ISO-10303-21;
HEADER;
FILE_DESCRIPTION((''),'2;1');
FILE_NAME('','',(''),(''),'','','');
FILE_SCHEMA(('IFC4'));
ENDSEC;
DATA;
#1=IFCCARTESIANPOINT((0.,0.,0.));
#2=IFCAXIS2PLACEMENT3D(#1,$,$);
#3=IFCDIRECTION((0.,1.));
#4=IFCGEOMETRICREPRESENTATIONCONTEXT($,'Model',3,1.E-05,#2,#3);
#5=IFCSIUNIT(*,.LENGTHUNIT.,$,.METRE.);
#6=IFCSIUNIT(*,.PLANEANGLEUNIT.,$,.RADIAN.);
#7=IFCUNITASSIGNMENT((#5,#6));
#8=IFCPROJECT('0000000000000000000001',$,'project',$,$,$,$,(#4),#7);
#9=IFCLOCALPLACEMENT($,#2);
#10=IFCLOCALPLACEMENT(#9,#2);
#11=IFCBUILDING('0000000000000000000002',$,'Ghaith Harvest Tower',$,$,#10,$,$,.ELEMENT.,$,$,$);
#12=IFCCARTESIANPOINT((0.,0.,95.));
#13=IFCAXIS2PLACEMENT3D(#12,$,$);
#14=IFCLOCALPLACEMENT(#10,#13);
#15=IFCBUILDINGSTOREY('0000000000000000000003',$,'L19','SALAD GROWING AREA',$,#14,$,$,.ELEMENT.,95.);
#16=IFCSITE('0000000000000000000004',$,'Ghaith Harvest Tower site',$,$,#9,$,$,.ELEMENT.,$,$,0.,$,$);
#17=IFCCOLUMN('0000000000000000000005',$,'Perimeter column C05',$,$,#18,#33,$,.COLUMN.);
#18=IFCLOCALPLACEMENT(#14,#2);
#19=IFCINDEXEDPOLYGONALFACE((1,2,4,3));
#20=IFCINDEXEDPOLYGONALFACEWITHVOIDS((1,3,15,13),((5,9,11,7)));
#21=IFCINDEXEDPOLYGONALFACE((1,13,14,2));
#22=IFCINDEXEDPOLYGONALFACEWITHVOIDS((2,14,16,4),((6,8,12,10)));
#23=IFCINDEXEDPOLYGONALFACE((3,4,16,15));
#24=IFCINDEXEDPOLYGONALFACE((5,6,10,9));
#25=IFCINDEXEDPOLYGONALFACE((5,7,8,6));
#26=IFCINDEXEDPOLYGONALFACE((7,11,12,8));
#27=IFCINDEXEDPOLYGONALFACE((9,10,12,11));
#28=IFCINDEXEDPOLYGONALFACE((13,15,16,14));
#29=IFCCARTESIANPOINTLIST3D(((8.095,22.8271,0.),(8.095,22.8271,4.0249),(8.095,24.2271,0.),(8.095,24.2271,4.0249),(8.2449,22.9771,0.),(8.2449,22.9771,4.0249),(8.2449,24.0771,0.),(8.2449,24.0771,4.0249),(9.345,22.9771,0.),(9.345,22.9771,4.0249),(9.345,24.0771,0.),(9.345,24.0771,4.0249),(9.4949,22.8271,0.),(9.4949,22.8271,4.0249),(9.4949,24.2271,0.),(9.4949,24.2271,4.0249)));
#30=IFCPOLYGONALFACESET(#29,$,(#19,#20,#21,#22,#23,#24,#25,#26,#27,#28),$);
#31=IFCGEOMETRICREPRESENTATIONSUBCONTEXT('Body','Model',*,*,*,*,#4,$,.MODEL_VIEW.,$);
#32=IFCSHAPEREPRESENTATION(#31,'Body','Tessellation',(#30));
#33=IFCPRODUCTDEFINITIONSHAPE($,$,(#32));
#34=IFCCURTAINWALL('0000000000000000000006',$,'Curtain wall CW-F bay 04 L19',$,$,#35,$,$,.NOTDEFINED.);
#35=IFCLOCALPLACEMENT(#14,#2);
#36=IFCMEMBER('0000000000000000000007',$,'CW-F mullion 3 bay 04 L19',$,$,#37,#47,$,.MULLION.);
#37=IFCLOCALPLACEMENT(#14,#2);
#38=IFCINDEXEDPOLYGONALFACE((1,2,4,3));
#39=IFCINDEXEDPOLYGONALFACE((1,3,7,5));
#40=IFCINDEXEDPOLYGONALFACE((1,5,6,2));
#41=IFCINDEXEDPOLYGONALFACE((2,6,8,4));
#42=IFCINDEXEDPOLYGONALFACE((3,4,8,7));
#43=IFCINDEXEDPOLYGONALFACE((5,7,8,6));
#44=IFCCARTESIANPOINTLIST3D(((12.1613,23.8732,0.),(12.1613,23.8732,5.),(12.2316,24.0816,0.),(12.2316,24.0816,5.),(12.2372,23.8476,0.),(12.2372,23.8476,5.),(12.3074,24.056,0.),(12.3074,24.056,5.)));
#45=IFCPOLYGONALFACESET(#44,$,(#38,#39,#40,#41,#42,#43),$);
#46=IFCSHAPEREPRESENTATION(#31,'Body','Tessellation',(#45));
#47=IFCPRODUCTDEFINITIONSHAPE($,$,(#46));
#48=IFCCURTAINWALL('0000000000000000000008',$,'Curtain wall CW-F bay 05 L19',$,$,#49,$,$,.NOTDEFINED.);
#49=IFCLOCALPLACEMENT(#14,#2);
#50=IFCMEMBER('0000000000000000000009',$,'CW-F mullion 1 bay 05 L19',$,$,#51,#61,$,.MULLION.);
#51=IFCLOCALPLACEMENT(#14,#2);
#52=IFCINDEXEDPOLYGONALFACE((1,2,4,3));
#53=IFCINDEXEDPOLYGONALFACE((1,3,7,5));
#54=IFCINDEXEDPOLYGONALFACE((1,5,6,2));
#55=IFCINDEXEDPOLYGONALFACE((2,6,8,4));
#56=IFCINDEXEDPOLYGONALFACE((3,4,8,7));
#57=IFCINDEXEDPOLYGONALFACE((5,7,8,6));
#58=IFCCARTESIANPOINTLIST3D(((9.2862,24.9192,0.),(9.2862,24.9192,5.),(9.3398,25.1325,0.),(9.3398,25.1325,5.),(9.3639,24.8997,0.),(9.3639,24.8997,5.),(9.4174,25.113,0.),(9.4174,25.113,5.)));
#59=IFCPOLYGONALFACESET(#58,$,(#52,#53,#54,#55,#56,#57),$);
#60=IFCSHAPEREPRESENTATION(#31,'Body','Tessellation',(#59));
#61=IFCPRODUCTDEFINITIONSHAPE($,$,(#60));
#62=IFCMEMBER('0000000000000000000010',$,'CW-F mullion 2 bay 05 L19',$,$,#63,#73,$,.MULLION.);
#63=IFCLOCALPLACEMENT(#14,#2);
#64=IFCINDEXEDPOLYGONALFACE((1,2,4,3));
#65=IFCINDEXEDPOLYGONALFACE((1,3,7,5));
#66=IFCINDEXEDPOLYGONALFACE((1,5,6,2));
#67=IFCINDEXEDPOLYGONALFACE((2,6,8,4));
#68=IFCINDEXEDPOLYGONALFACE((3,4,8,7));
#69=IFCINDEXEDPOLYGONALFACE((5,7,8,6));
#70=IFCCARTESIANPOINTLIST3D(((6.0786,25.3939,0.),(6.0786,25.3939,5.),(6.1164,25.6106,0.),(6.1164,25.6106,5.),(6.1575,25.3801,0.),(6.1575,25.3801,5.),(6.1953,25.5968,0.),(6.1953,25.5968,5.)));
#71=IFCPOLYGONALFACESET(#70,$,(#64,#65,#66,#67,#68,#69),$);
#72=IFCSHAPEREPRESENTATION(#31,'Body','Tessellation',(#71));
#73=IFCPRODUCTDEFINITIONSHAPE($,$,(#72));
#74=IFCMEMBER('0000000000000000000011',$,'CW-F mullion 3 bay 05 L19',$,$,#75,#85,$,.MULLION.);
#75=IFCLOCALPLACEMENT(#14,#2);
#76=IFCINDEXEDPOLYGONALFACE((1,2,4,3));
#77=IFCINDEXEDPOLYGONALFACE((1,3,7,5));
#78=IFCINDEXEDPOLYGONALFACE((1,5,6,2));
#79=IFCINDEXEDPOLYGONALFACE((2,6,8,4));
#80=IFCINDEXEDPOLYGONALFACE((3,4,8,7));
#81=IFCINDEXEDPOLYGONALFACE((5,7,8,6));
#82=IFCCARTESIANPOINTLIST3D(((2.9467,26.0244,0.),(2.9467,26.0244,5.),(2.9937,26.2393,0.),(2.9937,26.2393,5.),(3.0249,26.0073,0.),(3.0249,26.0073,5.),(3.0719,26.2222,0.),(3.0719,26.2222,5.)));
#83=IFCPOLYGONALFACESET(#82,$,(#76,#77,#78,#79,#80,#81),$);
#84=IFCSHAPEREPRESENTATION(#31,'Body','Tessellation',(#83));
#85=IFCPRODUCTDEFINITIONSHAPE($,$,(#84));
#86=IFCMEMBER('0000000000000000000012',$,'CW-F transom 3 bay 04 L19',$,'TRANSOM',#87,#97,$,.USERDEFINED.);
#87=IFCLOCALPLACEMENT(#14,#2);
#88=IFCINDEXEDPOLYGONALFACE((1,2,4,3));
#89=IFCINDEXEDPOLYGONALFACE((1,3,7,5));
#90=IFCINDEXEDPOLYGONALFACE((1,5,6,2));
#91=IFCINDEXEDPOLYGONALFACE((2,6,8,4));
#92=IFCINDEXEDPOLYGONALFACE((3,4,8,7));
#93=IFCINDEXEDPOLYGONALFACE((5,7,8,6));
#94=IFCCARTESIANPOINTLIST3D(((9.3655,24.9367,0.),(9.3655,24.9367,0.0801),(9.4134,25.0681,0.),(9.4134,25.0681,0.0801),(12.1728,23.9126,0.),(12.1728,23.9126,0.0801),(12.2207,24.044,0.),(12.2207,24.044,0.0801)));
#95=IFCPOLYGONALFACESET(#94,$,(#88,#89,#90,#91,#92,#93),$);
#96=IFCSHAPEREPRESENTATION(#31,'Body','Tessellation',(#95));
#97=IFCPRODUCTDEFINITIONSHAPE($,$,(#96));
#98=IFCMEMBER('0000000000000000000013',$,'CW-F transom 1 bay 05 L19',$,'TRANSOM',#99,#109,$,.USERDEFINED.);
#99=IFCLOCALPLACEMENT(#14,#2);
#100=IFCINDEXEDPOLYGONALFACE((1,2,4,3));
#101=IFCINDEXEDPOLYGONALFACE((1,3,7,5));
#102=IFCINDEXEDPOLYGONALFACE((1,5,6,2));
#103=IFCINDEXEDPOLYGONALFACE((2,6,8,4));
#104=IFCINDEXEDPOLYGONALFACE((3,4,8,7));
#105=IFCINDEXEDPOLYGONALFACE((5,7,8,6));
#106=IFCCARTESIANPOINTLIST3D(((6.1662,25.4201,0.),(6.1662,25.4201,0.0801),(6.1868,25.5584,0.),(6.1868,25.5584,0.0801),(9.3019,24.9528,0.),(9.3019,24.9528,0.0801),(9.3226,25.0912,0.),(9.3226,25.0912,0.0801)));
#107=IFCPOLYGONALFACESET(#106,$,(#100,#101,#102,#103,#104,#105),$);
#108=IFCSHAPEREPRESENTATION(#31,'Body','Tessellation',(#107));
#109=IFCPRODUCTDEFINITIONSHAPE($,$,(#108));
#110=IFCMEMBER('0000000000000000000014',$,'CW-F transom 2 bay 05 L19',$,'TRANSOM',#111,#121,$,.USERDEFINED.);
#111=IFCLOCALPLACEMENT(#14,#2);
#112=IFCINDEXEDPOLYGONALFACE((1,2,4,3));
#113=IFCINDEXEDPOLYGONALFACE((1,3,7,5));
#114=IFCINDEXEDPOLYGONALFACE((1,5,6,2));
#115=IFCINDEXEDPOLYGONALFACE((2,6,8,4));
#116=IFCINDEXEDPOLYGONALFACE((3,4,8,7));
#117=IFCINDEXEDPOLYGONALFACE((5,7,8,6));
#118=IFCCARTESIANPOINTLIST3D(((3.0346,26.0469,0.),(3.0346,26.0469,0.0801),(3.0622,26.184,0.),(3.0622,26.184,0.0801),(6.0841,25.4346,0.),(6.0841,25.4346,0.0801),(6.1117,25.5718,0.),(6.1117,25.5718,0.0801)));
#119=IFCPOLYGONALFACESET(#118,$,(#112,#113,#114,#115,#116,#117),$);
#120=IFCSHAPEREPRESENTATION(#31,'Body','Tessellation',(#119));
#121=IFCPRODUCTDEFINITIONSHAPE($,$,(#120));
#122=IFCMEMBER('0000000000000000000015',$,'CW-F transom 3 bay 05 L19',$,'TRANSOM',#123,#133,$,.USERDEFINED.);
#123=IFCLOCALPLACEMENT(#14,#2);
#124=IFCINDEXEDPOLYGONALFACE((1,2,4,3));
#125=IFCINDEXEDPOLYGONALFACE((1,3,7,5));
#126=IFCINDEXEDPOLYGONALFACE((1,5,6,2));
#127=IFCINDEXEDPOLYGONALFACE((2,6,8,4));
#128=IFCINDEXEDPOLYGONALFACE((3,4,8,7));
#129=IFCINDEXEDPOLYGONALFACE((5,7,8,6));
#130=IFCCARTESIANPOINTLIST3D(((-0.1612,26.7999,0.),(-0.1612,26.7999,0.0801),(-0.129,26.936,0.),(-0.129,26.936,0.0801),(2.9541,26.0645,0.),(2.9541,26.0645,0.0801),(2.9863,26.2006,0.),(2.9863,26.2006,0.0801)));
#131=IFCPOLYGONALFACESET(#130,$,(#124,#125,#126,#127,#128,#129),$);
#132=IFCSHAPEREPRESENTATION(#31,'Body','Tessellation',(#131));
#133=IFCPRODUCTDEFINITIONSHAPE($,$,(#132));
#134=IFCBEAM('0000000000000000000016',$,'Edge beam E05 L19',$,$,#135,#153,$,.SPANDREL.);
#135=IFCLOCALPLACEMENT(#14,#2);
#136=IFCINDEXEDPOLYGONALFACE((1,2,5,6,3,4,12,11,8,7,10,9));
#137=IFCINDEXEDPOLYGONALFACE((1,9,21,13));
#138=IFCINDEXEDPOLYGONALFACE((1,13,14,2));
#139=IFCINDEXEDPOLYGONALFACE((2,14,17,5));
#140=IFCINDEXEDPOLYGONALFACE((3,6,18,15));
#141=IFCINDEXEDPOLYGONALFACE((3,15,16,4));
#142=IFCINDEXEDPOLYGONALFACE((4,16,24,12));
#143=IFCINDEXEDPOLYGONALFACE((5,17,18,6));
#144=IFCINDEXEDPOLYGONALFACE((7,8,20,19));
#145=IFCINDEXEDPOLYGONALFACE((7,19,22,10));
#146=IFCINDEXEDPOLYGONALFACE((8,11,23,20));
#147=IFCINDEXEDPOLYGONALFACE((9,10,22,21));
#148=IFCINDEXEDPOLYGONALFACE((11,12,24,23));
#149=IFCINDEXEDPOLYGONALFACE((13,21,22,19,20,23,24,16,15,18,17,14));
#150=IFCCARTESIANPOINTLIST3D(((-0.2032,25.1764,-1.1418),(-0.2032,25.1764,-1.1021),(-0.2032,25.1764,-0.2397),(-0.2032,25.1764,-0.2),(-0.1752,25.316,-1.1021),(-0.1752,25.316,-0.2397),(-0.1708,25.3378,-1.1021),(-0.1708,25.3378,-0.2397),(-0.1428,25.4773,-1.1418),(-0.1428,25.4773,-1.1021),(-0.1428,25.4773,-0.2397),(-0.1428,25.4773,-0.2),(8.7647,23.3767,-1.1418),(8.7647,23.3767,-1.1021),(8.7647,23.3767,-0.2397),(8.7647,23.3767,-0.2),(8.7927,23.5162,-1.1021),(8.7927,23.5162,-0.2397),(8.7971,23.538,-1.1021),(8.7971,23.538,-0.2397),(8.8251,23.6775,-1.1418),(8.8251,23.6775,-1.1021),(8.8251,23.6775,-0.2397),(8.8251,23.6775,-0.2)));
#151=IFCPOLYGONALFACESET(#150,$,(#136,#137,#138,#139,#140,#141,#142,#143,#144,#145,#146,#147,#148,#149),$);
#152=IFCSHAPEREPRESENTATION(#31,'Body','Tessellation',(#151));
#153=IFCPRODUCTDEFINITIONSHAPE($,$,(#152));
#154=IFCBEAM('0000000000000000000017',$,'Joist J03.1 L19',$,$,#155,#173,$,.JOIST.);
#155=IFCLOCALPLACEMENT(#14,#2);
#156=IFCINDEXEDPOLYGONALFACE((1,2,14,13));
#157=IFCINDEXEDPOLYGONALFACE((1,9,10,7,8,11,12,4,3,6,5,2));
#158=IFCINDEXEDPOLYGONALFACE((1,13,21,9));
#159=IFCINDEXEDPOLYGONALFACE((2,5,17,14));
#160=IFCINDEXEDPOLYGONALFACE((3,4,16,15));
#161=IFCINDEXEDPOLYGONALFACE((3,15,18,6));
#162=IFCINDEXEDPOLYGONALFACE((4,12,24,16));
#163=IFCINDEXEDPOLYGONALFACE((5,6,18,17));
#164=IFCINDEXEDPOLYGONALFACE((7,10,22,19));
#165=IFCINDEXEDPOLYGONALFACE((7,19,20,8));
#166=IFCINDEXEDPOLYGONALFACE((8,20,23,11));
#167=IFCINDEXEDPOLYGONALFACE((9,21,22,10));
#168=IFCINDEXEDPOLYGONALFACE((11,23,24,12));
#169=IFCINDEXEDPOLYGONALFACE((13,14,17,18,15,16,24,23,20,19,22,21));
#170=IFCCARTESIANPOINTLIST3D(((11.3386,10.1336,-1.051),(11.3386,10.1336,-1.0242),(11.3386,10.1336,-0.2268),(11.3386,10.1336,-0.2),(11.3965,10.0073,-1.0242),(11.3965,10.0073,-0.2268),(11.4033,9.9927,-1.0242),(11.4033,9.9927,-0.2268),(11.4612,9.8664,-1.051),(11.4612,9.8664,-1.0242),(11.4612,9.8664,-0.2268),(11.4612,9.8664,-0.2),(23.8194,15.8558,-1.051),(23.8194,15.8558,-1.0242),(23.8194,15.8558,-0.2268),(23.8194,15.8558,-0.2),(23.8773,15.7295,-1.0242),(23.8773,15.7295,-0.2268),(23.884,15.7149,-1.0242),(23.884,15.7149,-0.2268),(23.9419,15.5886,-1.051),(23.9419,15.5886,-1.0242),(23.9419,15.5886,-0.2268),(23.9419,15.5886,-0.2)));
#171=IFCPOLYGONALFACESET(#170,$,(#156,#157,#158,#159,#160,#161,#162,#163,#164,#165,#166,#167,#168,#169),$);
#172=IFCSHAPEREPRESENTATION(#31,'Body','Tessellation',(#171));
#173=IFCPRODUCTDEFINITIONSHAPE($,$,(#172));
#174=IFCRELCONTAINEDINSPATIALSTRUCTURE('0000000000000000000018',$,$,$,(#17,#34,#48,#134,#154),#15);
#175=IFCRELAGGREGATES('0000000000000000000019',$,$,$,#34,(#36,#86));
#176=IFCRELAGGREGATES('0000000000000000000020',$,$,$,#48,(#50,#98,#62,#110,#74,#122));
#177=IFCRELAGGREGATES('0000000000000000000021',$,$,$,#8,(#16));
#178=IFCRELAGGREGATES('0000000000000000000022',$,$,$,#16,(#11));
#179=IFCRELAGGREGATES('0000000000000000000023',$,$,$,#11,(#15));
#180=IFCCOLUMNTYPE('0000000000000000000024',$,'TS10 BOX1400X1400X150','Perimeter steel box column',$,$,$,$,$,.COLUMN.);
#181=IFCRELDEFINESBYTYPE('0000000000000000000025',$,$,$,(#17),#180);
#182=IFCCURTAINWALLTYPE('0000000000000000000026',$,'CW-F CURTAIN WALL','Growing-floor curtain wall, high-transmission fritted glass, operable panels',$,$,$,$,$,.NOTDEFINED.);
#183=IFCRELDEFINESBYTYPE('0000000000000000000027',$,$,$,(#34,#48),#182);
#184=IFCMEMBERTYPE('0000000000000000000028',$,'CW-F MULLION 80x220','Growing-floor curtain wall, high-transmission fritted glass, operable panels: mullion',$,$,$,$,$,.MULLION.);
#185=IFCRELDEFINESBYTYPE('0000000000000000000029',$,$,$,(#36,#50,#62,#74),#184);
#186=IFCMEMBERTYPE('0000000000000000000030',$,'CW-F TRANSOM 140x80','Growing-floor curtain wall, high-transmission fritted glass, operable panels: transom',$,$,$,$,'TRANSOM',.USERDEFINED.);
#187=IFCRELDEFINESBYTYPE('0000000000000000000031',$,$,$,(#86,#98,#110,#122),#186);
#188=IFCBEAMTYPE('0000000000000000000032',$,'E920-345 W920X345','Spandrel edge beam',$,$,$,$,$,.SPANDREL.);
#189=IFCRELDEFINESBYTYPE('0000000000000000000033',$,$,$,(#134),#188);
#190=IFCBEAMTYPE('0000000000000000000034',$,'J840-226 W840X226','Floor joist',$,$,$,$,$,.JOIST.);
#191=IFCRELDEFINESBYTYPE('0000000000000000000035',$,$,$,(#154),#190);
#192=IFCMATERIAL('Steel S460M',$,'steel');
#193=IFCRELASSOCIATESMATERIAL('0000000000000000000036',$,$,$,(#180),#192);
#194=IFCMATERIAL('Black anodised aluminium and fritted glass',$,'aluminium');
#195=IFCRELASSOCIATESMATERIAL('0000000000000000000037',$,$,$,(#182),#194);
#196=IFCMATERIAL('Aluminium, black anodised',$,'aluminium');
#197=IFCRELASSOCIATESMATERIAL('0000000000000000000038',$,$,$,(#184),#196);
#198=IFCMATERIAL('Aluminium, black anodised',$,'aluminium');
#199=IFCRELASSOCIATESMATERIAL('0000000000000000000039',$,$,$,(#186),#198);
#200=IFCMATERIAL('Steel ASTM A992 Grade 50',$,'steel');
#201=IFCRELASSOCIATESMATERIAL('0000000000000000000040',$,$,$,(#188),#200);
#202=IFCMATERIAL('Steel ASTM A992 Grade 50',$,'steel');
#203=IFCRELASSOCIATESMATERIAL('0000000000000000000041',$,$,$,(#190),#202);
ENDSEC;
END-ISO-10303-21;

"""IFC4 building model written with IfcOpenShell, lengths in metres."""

from ifc_helpers import new_model, si_unit, direction, frame, origin, origin_2d, place, context, subcontext, project, spatial, rectangle, hollow_rectangle, i_section, extrude, material, material_profile, profile_set, type_object, element, aggregate, save


model = new_model("IFC4")

# Units and contexts
model_context = context("Model", 3, precision=1e-05, world=origin(), true_north=direction((0.0, 1.0)))
body_context = subcontext(model_context, "Body", "Model", "MODEL_VIEW")
ifc_project = project(units=[si_unit("LENGTHUNIT", "METRE"), si_unit("PLANEANGLEUNIT", "RADIAN")], contexts=[model_context])

# Site, building, storey
site_placement = place(None, origin())
site = spatial("IfcSite", under=ifc_project, at=site_placement, Name="Ghaith Harvest Tower site", CompositionType="ELEMENT", RefElevation=0.0)
building_placement = place(site_placement, origin())
building = spatial("IfcBuilding", under=site, at=building_placement, Name="Ghaith Harvest Tower", CompositionType="ELEMENT")
storey_placement = place(building_placement, frame((0.0, 0.0, 95.0)))
storey = spatial("IfcBuildingStorey", under=building, at=storey_placement, Name="L19", Description="SALAD GROWING AREA", CompositionType="ELEMENT", Elevation=95.0)

# Column
ifc_material_1 = material(Name="Steel S460M", Category="steel")
ifc_material_profile_1 = material_profile(ifc_material_1, hollow_rectangle(XDim=1.3999, YDim=1.3999, WallThickness=0.1499, at=origin_2d()), Name="BOX1400X1400X150")
ifc_profile_set_1 = profile_set([ifc_material_profile_1], Name="Steel S460M")
column_type = type_object("IfcColumnType", Name="TS10 BOX1400X1400X150", Description="Perimeter steel box column", PredefinedType="COLUMN", material=ifc_profile_set_1)
column_placement = place(storey_placement, frame((8.7949, 23.5271, 0.0), z_axis=(0.0, 0.0, 1.0), x_axis=(1.0, 0.0, 0.0)))
element("IfcColumn", 1, at=column_placement, inside=storey, type_object=column_type, Name="Perimeter column C05", PredefinedType="COLUMN", context=body_context, shape_type="SweptSolid", body=[
    extrude(hollow_rectangle(XDim=1.3999, YDim=1.3999, WallThickness=0.1499, at=origin_2d()), origin(), (0.0, 0.0, 1.0), 4.0249),
])

# Curtain wall, member
ifc_material_2 = material(Name="Black anodised aluminium and fritted glass", Category="aluminium")
curtain_wall_type = type_object("IfcCurtainWallType", Name="CW-F CURTAIN WALL", Description="Growing-floor curtain wall, high-transmission fritted glass, operable panels", PredefinedType="NOTDEFINED", material=ifc_material_2)
curtain_wall_1_placement = place(storey_placement, origin())
curtain_wall_1 = element("IfcCurtainWall", 2, at=curtain_wall_1_placement, inside=storey, type_object=curtain_wall_type, Name="Curtain wall CW-F bay 04 L19", PredefinedType="NOTDEFINED")
ifc_material_3 = material(Name="Aluminium, black anodised", Category="aluminium")
ifc_material_profile_2 = material_profile(ifc_material_3, rectangle(XDim=0.0801, YDim=0.22, at=origin_2d()), Name="CW-F MULLION 80x220")
ifc_profile_set_2 = profile_set([ifc_material_profile_2], Name="Aluminium, black anodised")
member_type_1 = type_object("IfcMemberType", Name="CW-F MULLION 80x220", Description="Growing-floor curtain wall, high-transmission fritted glass, operable panels: mullion", PredefinedType="MULLION", material=ifc_profile_set_2)
member_1_placement = place(storey_placement, frame((12.2344, 23.9646, 0.0), z_axis=(0.0, 0.0, 1.0), x_axis=(-0.947653, 0.319301, 0.0)))
member_1 = element("IfcMember", 3, at=member_1_placement, type_object=member_type_1, Name="CW-F mullion 3 bay 04 L19", PredefinedType="MULLION", context=body_context, shape_type="SweptSolid", body=[
    extrude(rectangle(XDim=0.0801, YDim=0.22, at=origin_2d()), origin(), (0.0, 0.0, 1.0), 5.0),
])

# Curtain wall, members
curtain_wall_2_placement = place(storey_placement, origin())
curtain_wall_2 = element("IfcCurtainWall", 4, at=curtain_wall_2_placement, inside=storey, type_object=curtain_wall_type, Name="Curtain wall CW-F bay 05 L19", PredefinedType="NOTDEFINED")
member_2_placement = place(storey_placement, frame((9.3518, 25.0161, 0.0), z_axis=(0.0, 0.0, 1.0), x_axis=(-0.969903, 0.24349, 0.0)))
member_2 = element("IfcMember", 5, at=member_2_placement, type_object=member_type_1, Name="CW-F mullion 1 bay 05 L19", PredefinedType="MULLION", context=body_context, shape_type="SweptSolid", body=[
    extrude(rectangle(XDim=0.0801, YDim=0.22, at=origin_2d()), origin(), (0.0, 0.0, 1.0), 5.0),
])
member_3_placement = place(storey_placement, frame((6.137, 25.4954, 0.0), z_axis=(0.0, 0.0, 1.0), x_axis=(-0.985104, 0.171961, 0.0)))
member_3 = element("IfcMember", 6, at=member_3_placement, type_object=member_type_1, Name="CW-F mullion 2 bay 05 L19", PredefinedType="MULLION", context=body_context, shape_type="SweptSolid", body=[
    extrude(rectangle(XDim=0.0801, YDim=0.22, at=origin_2d()), origin(), (0.0, 0.0, 1.0), 5.0),
])
member_4_placement = place(storey_placement, frame((3.0093, 26.1233, 0.0), z_axis=(0.0, 0.0, 1.0), x_axis=(-0.976927, 0.213572, 0.0)))
member_4 = element("IfcMember", 7, at=member_4_placement, type_object=member_type_1, Name="CW-F mullion 3 bay 05 L19", PredefinedType="MULLION", context=body_context, shape_type="SweptSolid", body=[
    extrude(rectangle(XDim=0.0801, YDim=0.22, at=origin_2d()), origin(), (0.0, 0.0, 1.0), 5.0),
])

# Members
ifc_material_4 = material(Name="Aluminium, black anodised", Category="aluminium")
ifc_material_profile_3 = material_profile(ifc_material_4, rectangle(XDim=0.1399, YDim=0.0801, at=origin_2d()), Name="CW-F TRANSOM 140x80")
ifc_profile_set_3 = profile_set([ifc_material_profile_3], Name="Aluminium, black anodised")
member_type_2 = type_object("IfcMemberType", Name="CW-F TRANSOM 140x80", Description="Growing-floor curtain wall, high-transmission fritted glass, operable panels: transom", ElementType="TRANSOM", PredefinedType="USERDEFINED", material=ifc_profile_set_3)
member_5_placement = place(storey_placement, frame((12.1968, 23.9783, 0.04), z_axis=(-0.939438, 0.34272, 0.0), x_axis=(-0.34272, -0.939438, 0.0)))
member_5 = element("IfcMember", 8, at=member_5_placement, type_object=member_type_2, Name="CW-F transom 3 bay 04 L19", ObjectType="TRANSOM", PredefinedType="USERDEFINED", context=body_context, shape_type="SweptSolid", body=[
    extrude(rectangle(XDim=0.1399, YDim=0.0801, at=origin_2d()), origin(), (0.0, 0.0, 1.0), 2.9883),
])
member_6_placement = place(storey_placement, frame((9.3123, 25.022, 0.04), z_axis=(-0.989078, 0.147391, 0.0), x_axis=(-0.147391, -0.989078, 0.0)))
member_6 = element("IfcMember", 9, at=member_6_placement, type_object=member_type_2, Name="CW-F transom 1 bay 05 L19", ObjectType="TRANSOM", PredefinedType="USERDEFINED", context=body_context, shape_type="SweptSolid", body=[
    extrude(rectangle(XDim=0.1399, YDim=0.0801, at=origin_2d()), origin(), (0.0, 0.0, 1.0), 3.1704),
])
member_7_placement = place(storey_placement, frame((6.0979, 25.5032, 0.04), z_axis=(-0.980432, 0.196856, 0.0), x_axis=(-0.196856, -0.980432, 0.0)))
member_7 = element("IfcMember", 10, at=member_7_placement, type_object=member_type_2, Name="CW-F transom 2 bay 05 L19", ObjectType="TRANSOM", PredefinedType="USERDEFINED", context=body_context, shape_type="SweptSolid", body=[
    extrude(rectangle(XDim=0.1399, YDim=0.0801, at=origin_2d()), origin(), (0.0, 0.0, 1.0), 3.1104),
])
member_8_placement = place(storey_placement, frame((2.9702, 26.1326, 0.04), z_axis=(-0.973253, 0.229736, 0.0), x_axis=(-0.229736, -0.973253, 0.0)))
member_8 = element("IfcMember", 11, at=member_8_placement, type_object=member_type_2, Name="CW-F transom 3 bay 05 L19", ObjectType="TRANSOM", PredefinedType="USERDEFINED", context=body_context, shape_type="SweptSolid", body=[
    extrude(rectangle(XDim=0.1399, YDim=0.0801, at=origin_2d()), origin(), (0.0, 0.0, 1.0), 3.2009),
])

# Beams
ifc_material_5 = material(Name="Steel ASTM A992 Grade 50", Category="steel")
ifc_material_profile_4 = material_profile(ifc_material_5, i_section(OverallWidth=0.3069, OverallDepth=0.9419, WebThickness=0.0222, FlangeThickness=0.0398, at=origin_2d()), Name="W920X345")
ifc_profile_set_4 = profile_set([ifc_material_profile_4], Name="Steel ASTM A992 Grade 50")
beam_type_1 = type_object("IfcBeamType", Name="E920-345 W920X345", Description="Spandrel edge beam", PredefinedType="SPANDREL", material=ifc_profile_set_4)
beam_1_placement = place(storey_placement, frame((8.7949, 23.5271, -0.6709), z_axis=(-0.98045, 0.196768, 0.0), x_axis=(-0.196768, -0.98045, 0.0)))
element("IfcBeam", 12, at=beam_1_placement, inside=storey, type_object=beam_type_1, Name="Edge beam E05 L19", PredefinedType="SPANDREL", context=body_context, shape_type="SweptSolid", body=[
    extrude(i_section(OverallWidth=0.3069, OverallDepth=0.9419, WebThickness=0.0222, FlangeThickness=0.0398, at=origin_2d()), origin(), (0.0, 0.0, 1.0), 9.1467),
])
ifc_material_6 = material(Name="Steel ASTM A992 Grade 50", Category="steel")
ifc_material_profile_5 = material_profile(ifc_material_6, i_section(OverallWidth=0.2939, OverallDepth=0.8511, WebThickness=0.0161, FlangeThickness=0.0269, at=origin_2d()), Name="W840X226")
ifc_profile_set_5 = profile_set([ifc_material_profile_5], Name="Steel ASTM A992 Grade 50")
beam_type_2 = type_object("IfcBeamType", Name="J840-226 W840X226", Description="Floor joist", PredefinedType="JOIST", material=ifc_profile_set_5)
beam_2_placement = place(storey_placement, frame((11.3999, 10.0, -0.6255), z_axis=(0.909014, 0.416766, 0.0), x_axis=(-0.416766, 0.909014, 0.0)))
element("IfcBeam", 13, at=beam_2_placement, inside=storey, type_object=beam_type_2, Name="Joist J03.1 L19", PredefinedType="JOIST", context=body_context, shape_type="SweptSolid", body=[
    extrude(i_section(OverallWidth=0.2939, OverallDepth=0.8511, WebThickness=0.0161, FlangeThickness=0.0269, at=origin_2d()), origin(), (0.0, 0.0, 1.0), 13.73),
])

aggregate(curtain_wall_1, [member_1, member_5])
aggregate(curtain_wall_2, [member_2, member_6, member_3, member_7, member_4, member_8])

save(model, "model.ifc")
